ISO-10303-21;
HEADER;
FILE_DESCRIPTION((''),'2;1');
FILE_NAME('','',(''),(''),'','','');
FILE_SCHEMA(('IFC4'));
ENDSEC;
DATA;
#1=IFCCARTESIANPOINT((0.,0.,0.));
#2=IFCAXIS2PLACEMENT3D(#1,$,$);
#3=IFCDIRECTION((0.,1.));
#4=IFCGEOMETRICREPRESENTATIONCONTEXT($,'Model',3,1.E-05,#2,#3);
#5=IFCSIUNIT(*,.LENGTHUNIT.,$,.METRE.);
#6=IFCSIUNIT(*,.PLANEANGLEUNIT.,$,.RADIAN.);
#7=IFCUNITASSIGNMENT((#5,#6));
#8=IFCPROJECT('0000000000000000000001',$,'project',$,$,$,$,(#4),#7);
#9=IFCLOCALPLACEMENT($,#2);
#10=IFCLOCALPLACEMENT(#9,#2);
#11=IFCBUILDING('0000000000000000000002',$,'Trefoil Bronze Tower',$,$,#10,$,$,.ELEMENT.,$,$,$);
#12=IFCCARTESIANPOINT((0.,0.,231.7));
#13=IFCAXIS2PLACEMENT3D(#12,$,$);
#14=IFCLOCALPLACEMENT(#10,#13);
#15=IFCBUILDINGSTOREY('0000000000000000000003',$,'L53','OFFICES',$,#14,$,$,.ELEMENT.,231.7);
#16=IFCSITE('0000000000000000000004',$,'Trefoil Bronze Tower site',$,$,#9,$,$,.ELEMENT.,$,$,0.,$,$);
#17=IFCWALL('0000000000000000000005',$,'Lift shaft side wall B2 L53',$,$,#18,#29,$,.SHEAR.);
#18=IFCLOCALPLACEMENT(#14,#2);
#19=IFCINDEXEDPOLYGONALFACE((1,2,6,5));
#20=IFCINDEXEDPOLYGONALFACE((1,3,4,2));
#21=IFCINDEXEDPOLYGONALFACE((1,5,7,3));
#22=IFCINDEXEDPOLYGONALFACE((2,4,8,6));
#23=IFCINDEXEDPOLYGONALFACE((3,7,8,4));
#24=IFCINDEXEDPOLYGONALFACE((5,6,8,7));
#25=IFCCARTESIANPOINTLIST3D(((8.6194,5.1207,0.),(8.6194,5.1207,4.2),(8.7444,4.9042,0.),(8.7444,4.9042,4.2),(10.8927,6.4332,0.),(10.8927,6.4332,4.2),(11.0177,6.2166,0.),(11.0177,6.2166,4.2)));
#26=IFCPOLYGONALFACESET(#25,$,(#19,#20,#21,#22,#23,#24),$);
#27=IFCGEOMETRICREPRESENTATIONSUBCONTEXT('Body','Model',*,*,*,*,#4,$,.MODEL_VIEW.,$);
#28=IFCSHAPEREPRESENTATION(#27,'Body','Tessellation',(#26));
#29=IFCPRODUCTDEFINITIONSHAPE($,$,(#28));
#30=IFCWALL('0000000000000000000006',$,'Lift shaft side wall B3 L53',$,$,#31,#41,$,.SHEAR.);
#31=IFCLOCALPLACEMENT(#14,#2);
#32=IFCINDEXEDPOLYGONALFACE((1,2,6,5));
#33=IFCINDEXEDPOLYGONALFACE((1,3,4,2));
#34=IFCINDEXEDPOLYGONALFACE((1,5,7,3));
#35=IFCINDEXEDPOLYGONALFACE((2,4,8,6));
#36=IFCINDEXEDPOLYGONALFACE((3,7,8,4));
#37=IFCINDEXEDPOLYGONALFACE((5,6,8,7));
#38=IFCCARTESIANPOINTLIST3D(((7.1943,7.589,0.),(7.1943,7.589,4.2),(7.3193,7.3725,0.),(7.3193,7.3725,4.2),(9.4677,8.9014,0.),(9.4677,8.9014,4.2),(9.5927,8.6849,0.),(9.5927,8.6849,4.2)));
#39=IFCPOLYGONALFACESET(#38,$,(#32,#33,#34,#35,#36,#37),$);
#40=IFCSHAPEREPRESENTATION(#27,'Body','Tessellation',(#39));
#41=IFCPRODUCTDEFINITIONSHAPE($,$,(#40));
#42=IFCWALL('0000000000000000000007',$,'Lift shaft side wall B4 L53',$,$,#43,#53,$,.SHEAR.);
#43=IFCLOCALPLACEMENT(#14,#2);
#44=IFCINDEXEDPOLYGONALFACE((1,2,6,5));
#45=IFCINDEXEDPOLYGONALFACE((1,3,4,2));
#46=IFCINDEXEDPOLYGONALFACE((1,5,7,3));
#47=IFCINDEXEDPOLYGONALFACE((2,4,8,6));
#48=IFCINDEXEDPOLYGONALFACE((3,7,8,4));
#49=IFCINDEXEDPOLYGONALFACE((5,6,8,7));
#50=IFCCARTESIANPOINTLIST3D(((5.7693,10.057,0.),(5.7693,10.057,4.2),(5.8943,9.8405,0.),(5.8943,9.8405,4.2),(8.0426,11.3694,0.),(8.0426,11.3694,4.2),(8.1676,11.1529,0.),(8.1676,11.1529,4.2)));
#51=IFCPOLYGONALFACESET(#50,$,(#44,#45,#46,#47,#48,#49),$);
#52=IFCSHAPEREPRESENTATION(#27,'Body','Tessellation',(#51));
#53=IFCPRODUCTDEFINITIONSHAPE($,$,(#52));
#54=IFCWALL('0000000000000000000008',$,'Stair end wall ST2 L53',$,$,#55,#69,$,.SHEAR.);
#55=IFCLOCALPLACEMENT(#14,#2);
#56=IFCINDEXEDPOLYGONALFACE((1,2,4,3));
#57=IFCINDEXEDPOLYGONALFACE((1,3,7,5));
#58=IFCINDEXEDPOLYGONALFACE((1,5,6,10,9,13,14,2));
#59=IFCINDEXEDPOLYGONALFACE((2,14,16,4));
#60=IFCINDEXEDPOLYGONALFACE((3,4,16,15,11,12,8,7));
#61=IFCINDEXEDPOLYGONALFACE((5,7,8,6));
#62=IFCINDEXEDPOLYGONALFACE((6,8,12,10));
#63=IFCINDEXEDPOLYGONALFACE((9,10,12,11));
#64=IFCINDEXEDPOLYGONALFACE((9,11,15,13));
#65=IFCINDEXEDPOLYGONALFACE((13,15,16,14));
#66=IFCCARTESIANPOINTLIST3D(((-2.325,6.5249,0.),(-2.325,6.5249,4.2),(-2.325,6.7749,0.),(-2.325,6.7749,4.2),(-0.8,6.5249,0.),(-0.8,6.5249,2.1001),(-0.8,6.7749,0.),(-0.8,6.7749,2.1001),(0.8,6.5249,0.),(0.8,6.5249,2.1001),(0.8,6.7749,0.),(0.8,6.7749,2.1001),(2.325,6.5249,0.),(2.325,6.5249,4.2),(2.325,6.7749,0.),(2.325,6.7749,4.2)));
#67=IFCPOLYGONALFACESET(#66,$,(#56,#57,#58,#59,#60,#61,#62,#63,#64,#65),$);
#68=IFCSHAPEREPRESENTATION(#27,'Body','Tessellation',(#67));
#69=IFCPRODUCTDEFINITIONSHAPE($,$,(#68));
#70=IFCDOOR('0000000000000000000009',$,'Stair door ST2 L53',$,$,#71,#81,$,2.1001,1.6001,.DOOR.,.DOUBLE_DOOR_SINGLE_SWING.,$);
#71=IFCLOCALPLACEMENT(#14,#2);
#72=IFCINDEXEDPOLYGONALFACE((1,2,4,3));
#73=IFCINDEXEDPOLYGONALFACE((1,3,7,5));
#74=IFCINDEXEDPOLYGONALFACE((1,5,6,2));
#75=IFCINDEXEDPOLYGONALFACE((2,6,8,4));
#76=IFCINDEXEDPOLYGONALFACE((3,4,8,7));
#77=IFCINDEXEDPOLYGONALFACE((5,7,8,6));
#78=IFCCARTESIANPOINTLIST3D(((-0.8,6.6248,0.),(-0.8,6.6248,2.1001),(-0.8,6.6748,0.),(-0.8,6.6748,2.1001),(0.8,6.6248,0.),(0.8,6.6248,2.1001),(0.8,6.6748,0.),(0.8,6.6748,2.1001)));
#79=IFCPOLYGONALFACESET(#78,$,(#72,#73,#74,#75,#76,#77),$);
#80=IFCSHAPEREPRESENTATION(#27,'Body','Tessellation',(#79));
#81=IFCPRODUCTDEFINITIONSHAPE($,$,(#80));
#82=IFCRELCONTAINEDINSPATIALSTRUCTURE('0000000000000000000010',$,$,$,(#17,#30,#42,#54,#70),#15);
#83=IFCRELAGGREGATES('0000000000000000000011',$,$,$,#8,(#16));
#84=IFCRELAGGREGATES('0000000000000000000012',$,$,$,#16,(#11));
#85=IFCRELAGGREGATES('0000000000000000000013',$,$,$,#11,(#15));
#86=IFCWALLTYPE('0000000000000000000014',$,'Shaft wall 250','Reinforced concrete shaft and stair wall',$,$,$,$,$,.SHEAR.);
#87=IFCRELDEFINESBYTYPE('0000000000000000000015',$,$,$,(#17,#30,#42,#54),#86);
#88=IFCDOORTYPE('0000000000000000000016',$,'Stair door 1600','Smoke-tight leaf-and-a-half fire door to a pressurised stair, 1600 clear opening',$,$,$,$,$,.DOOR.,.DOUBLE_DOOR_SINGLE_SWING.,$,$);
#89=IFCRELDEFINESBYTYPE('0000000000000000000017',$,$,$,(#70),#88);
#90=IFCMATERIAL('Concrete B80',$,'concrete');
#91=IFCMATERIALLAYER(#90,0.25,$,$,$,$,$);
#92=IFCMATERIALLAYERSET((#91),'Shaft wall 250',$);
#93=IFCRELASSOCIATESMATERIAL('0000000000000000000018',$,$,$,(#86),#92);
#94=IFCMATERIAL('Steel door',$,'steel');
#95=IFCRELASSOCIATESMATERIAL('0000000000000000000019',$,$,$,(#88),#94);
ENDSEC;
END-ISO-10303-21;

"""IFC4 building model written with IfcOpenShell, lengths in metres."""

from ifc_helpers import new_model, si_unit, direction, frame, frame_2d, origin, place, context, subcontext, project, spatial, rectangle, extrude, material, layer, layer_set, type_object, element, fill, save


model = new_model("IFC4")

# Units and contexts
model_context = context("Model", 3, precision=1e-05, world=origin(), true_north=direction((0.0, 1.0)))
body_context = subcontext(model_context, "Body", "Model", "MODEL_VIEW")
ifc_project = project(units=[si_unit("LENGTHUNIT", "METRE"), si_unit("PLANEANGLEUNIT", "RADIAN")], contexts=[model_context])

# Site, building, storey
site_placement = place(None, origin())
site = spatial("IfcSite", under=ifc_project, at=site_placement, Name="Trefoil Bronze Tower site", CompositionType="ELEMENT", RefElevation=0.0)
building_placement = place(site_placement, origin())
building = spatial("IfcBuilding", under=site, at=building_placement, Name="Trefoil Bronze Tower", CompositionType="ELEMENT")
storey_placement = place(building_placement, frame((0.0, 0.0, 231.7)))
storey = spatial("IfcBuildingStorey", under=building, at=storey_placement, Name="L53", Description="OFFICES", CompositionType="ELEMENT", Elevation=231.7)

# Shared definitions
ifc_material_1 = material(Name="Concrete B80", Category="concrete")
ifc_layer_1 = layer(ifc_material_1, 0.25)
ifc_layer_set_1 = layer_set([ifc_layer_1], Name="Shaft wall 250")
wall_type_1 = type_object("IfcWallType", Name="Shaft wall 250", Description="Reinforced concrete shaft and stair wall", PredefinedType="SHEAR", material=ifc_layer_set_1)

# Walls
for number, where, z_axis, x_axis, name in (
    (1, (8.6819, 5.0125, 0.0), (0.0, 0.0, 1.0), (0.866037, 0.49998, 0.0), "Lift shaft side wall B2 L53"),
    (2, (7.2568, 7.4807, 0.0), (0.0, 0.0, 1.0), (0.866037, 0.49998, 0.0), "Lift shaft side wall B3 L53"),
    (3, (5.8318, 9.9487, 0.0), (0.0, 0.0, 1.0), (0.866037, 0.49998, 0.0), "Lift shaft side wall B4 L53"),
):
    element("IfcWall", number, at=place(storey_placement, frame(where, z_axis=z_axis, x_axis=x_axis)), inside=storey, type_object=wall_type_1, Name=name, PredefinedType="SHEAR", context=body_context, shape_type="SweptSolid", body=[
        extrude(rectangle(XDim=2.625, YDim=0.25, at=frame_2d((1.3125, 0.0))), origin(), (0.0, 0.0, 1.0), 4.2),
    ])

# Wall, opening, door
wall_1_placement = place(storey_placement, frame((2.325, 6.6499, 0.0), z_axis=(0.0, 0.0, 1.0), x_axis=(-1.0, 0.0, 0.0)))
wall_1 = element("IfcWall", 4, at=wall_1_placement, inside=storey, type_object=wall_type_1, Name="Stair end wall ST2 L53", PredefinedType="SHEAR", context=body_context, shape_type="SweptSolid", body=[
    extrude(rectangle(XDim=4.6499, YDim=0.25, at=frame_2d((2.325, 0.0))), origin(), (0.0, 0.0, 1.0), 4.2),
])
opening_1_placement = place(wall_1_placement, frame((1.5249, 0.0, 0.0)))
opening_1 = element("IfcOpeningElement", 5, at=opening_1_placement, cuts=wall_1, PredefinedType="OPENING", context=body_context, shape_type="SweptSolid", body=[
    extrude(rectangle(XDim=1.6001, YDim=2.1001, at=frame_2d((0.8, 1.05))), frame((0.0, 0.135, 0.0), z_axis=(0.0, -1.0, 0.0), x_axis=(1.0, 0.0, 0.0)), (0.0, 0.0, 1.0), 0.27),
])
ifc_material_2 = material(Name="Steel door", Category="steel")
door_type_1 = type_object("IfcDoorType", Name="Stair door 1600", Description="Smoke-tight leaf-and-a-half fire door to a pressurised stair, 1600 clear opening", OperationType="DOUBLE_DOOR_SINGLE_SWING", PredefinedType="DOOR", material=ifc_material_2)
door_1_placement = place(opening_1_placement, frame((1.6001, 0.0, 0.0), z_axis=(0.0, 0.0, 1.0), x_axis=(-1.0, 0.0, 0.0)))
door_1 = element("IfcDoor", 6, at=door_1_placement, inside=storey, type_object=door_type_1, Name="Stair door ST2 L53", OperationType="DOUBLE_DOOR_SINGLE_SWING", OverallHeight=2.1001, OverallWidth=1.6001, PredefinedType="DOOR", context=body_context, shape_type="SweptSolid", body=[
    extrude(rectangle(XDim=1.6001, YDim=2.1001, at=frame_2d((0.8, 1.05))), frame((0.0, 0.0249, 0.0), z_axis=(0.0, -1.0, 0.0), x_axis=(1.0, 0.0, 0.0)), (0.0, 0.0, 1.0), 0.05),
])
fill(opening_1, door_1)

save(model, "model.ifc")
